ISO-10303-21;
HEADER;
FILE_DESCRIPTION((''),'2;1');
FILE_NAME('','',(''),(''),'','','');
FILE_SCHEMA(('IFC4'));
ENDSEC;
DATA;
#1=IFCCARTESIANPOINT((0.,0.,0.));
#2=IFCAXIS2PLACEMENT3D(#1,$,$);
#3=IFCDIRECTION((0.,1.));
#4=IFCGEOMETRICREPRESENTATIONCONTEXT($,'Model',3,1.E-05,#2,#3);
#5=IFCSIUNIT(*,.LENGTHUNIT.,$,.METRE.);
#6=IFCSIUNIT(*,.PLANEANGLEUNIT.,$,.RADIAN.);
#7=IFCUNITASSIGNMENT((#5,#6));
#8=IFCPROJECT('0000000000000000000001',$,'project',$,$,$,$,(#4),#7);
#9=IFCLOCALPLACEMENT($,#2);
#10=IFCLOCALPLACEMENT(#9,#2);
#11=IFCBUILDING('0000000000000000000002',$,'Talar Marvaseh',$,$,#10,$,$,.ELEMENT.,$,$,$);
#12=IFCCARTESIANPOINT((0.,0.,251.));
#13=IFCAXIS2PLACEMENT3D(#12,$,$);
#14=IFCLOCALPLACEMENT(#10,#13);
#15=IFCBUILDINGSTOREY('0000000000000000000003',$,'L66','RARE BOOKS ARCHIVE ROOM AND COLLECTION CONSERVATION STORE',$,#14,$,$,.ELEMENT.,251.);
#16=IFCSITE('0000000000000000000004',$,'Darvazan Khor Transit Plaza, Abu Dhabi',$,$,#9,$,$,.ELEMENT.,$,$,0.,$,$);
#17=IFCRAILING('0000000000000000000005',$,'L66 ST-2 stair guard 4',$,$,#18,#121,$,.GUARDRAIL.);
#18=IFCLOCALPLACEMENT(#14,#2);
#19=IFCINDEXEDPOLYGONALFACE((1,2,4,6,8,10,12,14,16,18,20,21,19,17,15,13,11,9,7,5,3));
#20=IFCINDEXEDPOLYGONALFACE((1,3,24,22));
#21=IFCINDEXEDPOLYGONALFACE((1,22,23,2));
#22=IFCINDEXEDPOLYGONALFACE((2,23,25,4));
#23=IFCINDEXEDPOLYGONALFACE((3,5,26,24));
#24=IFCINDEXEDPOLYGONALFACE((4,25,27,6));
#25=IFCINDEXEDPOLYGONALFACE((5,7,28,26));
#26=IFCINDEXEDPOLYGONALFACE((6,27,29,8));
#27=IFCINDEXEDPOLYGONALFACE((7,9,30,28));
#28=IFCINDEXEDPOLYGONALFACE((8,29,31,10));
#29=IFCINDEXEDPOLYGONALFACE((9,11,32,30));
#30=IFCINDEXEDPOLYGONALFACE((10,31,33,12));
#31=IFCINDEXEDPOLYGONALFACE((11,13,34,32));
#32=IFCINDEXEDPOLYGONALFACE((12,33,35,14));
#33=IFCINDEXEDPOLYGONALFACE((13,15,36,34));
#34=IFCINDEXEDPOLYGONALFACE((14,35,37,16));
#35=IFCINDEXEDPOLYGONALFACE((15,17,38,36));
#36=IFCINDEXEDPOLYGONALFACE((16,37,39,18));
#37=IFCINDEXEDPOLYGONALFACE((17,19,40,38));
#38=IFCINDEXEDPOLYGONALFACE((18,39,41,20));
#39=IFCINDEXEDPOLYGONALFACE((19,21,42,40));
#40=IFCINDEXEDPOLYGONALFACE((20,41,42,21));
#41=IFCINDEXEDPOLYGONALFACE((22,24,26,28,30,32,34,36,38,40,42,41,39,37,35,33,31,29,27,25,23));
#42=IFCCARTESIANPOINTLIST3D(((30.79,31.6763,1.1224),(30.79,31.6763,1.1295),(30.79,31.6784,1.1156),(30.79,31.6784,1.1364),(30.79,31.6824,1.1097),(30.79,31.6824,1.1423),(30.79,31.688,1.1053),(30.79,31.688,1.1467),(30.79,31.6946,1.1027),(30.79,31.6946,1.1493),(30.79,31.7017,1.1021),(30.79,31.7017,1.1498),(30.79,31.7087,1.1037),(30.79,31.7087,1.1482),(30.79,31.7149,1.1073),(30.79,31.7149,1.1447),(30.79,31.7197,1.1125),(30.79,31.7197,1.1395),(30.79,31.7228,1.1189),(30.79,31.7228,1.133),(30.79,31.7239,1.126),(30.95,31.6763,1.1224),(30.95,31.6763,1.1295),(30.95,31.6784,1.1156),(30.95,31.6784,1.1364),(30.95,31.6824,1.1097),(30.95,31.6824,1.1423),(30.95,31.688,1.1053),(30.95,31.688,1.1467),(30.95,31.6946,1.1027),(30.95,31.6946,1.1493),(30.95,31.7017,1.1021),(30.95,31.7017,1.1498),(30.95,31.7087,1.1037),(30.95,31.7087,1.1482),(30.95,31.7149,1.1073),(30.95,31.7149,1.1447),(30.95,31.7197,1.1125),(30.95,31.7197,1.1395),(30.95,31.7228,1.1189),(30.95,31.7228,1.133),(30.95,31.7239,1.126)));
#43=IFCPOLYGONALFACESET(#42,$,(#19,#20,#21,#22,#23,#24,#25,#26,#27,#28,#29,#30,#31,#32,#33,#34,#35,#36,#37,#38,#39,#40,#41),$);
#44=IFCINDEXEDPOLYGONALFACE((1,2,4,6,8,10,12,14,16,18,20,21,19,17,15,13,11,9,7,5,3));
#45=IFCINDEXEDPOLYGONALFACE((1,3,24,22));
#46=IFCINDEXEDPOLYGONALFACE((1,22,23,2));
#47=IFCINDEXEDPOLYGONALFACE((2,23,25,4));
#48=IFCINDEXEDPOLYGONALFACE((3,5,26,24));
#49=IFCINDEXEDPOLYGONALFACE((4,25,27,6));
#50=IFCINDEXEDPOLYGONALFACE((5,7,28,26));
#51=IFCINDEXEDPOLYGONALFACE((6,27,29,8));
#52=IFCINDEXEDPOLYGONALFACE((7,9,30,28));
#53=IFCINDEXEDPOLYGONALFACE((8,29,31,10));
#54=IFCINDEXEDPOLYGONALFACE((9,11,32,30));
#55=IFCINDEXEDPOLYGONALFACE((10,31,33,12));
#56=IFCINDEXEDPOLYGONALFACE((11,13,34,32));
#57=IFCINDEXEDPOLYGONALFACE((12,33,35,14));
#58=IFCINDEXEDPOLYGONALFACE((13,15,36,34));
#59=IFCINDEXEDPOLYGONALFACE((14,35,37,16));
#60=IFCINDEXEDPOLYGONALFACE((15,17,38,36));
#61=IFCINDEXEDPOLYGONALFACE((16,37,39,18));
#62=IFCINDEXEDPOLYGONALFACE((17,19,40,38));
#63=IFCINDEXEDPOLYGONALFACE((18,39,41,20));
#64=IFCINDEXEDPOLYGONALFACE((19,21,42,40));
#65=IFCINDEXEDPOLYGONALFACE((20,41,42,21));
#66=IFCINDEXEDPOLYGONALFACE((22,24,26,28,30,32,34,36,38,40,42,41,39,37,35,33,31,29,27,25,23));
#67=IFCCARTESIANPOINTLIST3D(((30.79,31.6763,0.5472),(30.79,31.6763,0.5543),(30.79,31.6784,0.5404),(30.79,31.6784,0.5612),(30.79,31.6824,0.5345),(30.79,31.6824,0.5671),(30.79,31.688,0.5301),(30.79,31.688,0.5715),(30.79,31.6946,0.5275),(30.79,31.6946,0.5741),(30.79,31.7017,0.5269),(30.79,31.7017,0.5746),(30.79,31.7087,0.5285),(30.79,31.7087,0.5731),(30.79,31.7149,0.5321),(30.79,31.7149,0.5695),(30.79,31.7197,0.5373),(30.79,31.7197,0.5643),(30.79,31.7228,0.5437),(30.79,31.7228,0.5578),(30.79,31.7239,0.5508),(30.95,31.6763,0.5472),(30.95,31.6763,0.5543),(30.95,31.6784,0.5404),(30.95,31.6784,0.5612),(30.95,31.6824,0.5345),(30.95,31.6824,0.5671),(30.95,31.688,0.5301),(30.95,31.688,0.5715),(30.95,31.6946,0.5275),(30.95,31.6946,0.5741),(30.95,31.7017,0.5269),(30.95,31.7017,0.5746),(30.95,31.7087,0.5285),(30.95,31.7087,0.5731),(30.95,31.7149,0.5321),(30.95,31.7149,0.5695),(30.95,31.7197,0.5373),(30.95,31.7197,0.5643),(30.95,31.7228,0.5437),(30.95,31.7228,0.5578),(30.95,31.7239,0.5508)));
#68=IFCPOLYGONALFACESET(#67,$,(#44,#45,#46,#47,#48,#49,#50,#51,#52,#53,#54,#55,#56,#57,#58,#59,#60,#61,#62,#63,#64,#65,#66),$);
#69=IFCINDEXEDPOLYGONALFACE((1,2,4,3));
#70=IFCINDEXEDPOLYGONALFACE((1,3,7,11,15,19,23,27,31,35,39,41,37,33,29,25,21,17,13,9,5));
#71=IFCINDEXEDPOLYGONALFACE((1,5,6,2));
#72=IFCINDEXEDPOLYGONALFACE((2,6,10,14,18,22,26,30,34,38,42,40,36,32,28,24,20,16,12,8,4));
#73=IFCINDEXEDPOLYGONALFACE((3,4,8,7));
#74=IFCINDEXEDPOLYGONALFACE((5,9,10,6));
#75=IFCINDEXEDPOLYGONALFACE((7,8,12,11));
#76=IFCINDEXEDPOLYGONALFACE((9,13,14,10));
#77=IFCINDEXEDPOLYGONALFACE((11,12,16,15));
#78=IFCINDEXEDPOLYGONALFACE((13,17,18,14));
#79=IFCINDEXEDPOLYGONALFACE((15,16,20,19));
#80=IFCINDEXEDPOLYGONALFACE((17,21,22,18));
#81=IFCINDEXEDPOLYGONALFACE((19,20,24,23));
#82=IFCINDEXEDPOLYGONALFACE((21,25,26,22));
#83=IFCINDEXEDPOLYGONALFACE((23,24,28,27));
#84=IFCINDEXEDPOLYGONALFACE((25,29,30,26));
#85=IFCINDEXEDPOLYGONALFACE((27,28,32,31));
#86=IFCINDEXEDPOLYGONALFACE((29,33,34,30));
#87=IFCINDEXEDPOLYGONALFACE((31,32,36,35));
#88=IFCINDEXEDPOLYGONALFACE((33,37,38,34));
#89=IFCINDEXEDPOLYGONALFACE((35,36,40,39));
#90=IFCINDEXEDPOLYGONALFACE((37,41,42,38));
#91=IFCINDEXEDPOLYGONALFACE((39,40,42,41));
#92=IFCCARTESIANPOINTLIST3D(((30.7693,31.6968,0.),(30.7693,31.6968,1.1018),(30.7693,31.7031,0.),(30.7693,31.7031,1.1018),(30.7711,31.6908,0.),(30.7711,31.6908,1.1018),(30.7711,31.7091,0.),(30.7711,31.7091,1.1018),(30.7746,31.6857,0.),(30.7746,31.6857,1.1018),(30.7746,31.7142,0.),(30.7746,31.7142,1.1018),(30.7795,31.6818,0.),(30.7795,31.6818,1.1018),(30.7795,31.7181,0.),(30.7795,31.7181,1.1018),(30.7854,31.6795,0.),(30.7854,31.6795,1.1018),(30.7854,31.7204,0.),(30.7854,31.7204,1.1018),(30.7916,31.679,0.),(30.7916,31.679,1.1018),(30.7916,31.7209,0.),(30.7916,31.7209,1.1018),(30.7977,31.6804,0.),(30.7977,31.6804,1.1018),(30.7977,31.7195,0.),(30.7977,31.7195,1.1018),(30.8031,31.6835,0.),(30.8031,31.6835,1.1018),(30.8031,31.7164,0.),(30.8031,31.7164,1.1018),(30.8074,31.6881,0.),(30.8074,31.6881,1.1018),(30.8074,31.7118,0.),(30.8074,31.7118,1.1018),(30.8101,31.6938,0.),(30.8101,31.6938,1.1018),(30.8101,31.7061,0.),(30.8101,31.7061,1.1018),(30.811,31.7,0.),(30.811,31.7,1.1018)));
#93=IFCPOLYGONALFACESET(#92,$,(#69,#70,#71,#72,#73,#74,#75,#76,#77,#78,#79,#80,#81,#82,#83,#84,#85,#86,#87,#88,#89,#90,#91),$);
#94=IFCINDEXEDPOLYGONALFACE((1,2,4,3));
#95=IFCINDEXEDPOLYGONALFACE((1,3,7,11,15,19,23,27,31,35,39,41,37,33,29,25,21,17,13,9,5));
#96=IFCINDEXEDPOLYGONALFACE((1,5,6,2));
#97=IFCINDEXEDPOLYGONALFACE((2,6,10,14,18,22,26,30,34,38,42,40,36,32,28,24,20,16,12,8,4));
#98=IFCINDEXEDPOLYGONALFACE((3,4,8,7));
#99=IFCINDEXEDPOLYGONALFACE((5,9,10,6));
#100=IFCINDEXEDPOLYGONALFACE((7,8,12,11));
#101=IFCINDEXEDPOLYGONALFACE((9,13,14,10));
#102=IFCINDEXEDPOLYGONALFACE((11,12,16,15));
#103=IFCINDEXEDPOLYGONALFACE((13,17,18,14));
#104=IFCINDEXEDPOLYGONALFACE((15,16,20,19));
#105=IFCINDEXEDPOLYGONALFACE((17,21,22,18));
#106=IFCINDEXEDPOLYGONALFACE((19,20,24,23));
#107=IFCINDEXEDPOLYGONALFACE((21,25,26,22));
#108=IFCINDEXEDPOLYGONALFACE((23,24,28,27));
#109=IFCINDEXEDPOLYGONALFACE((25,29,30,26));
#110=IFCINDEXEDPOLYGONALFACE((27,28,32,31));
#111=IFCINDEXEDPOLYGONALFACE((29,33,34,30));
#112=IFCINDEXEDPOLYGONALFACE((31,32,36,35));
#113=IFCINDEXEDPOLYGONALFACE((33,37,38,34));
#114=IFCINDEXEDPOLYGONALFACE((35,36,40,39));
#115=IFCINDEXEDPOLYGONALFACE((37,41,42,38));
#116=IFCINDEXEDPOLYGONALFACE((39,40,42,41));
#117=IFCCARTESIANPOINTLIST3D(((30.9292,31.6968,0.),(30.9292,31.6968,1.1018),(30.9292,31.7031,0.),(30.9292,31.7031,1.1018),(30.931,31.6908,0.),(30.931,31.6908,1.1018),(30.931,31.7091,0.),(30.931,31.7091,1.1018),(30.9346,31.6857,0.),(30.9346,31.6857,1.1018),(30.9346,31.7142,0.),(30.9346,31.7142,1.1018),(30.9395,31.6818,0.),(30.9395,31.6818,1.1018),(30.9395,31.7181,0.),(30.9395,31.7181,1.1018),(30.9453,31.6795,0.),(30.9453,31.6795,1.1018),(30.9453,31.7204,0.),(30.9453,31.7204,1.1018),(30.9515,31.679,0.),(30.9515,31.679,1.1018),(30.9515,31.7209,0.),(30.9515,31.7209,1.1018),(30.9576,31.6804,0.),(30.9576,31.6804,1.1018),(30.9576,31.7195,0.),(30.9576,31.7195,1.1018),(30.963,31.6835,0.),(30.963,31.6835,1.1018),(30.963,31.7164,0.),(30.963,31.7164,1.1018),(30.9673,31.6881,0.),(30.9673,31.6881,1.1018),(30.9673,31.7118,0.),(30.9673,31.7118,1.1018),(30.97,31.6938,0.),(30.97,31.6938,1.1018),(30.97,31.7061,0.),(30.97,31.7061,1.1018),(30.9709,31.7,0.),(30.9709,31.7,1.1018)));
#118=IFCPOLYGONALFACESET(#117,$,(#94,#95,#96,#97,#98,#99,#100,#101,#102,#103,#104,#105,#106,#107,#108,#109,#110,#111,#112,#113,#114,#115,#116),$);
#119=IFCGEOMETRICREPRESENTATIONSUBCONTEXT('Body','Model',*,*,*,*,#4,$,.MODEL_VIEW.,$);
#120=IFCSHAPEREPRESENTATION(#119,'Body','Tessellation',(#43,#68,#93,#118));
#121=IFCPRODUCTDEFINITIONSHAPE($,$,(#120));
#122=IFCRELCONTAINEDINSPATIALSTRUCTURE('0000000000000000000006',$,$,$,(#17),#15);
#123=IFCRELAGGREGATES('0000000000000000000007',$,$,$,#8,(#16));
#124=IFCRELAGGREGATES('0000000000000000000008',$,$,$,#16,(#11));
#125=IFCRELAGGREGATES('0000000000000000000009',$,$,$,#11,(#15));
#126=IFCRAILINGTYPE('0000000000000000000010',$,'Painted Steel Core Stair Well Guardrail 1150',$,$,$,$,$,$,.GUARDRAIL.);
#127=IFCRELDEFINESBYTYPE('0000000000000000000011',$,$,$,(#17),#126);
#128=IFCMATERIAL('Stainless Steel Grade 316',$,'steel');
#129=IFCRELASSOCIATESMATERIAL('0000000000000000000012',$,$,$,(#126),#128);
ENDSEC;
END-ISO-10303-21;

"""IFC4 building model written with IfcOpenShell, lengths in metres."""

from ifc_helpers import new_model, si_unit, direction, frame, origin, origin_2d, place, context, subcontext, project, spatial, circle, extrude, material, type_object, element, save


model = new_model("IFC4")

# Units and contexts
model_context = context("Model", 3, precision=1e-05, world=origin(), true_north=direction((0.0, 1.0)))
body_context = subcontext(model_context, "Body", "Model", "MODEL_VIEW")
ifc_project = project(units=[si_unit("LENGTHUNIT", "METRE"), si_unit("PLANEANGLEUNIT", "RADIAN")], contexts=[model_context])

# Site, building, storey
site_placement = place(None, origin())
site = spatial("IfcSite", under=ifc_project, at=site_placement, Name="Darvazan Khor Transit Plaza, Abu Dhabi", CompositionType="ELEMENT", RefElevation=0.0)
building_placement = place(site_placement, origin())
building = spatial("IfcBuilding", under=site, at=building_placement, Name="Talar Marvaseh", CompositionType="ELEMENT")
storey_placement = place(building_placement, frame((0.0, 0.0, 251.0)))
storey = spatial("IfcBuildingStorey", under=building, at=storey_placement, Name="L66", Description="RARE BOOKS ARCHIVE ROOM AND COLLECTION CONSERVATION STORE", CompositionType="ELEMENT", Elevation=251.0)

# Shared definitions
ifc_material_1 = material(Name="Stainless Steel Grade 316", Category="steel")

# Railing
railing_type_1 = type_object("IfcRailingType", Name="Painted Steel Core Stair Well Guardrail 1150", PredefinedType="GUARDRAIL", material=ifc_material_1)
railing_1_placement = place(storey_placement, frame((30.79, 31.7, 0.0)))
element("IfcRailing", 1, at=railing_1_placement, inside=storey, type_object=railing_type_1, Name="L66 ST-2 stair guard 4", PredefinedType="GUARDRAIL", context=body_context, shape_type="SweptSolid", body=[
    extrude(circle(Radius=0.0239, at=origin_2d()), frame((0.0, 0.0, 1.126), z_axis=(1.0, 0.0, 0.0), x_axis=(0.0, 1.0, 0.0)), (0.0, 0.0, 1.0), 0.1599),
    extrude(circle(Radius=0.0239, at=origin_2d()), frame((0.0, 0.0, 0.5508), z_axis=(1.0, 0.0, 0.0), x_axis=(0.0, 1.0, 0.0)), (0.0, 0.0, 1.0), 0.1599),
    extrude(circle(Radius=0.021, at=origin_2d()), origin(), (0.0, 0.0, 1.0), 1.1018),
    extrude(circle(Radius=0.021, at=origin_2d()), frame((0.1599, 0.0, 0.0)), (0.0, 0.0, 1.0), 1.1018),
])

save(model, "model.ifc")
